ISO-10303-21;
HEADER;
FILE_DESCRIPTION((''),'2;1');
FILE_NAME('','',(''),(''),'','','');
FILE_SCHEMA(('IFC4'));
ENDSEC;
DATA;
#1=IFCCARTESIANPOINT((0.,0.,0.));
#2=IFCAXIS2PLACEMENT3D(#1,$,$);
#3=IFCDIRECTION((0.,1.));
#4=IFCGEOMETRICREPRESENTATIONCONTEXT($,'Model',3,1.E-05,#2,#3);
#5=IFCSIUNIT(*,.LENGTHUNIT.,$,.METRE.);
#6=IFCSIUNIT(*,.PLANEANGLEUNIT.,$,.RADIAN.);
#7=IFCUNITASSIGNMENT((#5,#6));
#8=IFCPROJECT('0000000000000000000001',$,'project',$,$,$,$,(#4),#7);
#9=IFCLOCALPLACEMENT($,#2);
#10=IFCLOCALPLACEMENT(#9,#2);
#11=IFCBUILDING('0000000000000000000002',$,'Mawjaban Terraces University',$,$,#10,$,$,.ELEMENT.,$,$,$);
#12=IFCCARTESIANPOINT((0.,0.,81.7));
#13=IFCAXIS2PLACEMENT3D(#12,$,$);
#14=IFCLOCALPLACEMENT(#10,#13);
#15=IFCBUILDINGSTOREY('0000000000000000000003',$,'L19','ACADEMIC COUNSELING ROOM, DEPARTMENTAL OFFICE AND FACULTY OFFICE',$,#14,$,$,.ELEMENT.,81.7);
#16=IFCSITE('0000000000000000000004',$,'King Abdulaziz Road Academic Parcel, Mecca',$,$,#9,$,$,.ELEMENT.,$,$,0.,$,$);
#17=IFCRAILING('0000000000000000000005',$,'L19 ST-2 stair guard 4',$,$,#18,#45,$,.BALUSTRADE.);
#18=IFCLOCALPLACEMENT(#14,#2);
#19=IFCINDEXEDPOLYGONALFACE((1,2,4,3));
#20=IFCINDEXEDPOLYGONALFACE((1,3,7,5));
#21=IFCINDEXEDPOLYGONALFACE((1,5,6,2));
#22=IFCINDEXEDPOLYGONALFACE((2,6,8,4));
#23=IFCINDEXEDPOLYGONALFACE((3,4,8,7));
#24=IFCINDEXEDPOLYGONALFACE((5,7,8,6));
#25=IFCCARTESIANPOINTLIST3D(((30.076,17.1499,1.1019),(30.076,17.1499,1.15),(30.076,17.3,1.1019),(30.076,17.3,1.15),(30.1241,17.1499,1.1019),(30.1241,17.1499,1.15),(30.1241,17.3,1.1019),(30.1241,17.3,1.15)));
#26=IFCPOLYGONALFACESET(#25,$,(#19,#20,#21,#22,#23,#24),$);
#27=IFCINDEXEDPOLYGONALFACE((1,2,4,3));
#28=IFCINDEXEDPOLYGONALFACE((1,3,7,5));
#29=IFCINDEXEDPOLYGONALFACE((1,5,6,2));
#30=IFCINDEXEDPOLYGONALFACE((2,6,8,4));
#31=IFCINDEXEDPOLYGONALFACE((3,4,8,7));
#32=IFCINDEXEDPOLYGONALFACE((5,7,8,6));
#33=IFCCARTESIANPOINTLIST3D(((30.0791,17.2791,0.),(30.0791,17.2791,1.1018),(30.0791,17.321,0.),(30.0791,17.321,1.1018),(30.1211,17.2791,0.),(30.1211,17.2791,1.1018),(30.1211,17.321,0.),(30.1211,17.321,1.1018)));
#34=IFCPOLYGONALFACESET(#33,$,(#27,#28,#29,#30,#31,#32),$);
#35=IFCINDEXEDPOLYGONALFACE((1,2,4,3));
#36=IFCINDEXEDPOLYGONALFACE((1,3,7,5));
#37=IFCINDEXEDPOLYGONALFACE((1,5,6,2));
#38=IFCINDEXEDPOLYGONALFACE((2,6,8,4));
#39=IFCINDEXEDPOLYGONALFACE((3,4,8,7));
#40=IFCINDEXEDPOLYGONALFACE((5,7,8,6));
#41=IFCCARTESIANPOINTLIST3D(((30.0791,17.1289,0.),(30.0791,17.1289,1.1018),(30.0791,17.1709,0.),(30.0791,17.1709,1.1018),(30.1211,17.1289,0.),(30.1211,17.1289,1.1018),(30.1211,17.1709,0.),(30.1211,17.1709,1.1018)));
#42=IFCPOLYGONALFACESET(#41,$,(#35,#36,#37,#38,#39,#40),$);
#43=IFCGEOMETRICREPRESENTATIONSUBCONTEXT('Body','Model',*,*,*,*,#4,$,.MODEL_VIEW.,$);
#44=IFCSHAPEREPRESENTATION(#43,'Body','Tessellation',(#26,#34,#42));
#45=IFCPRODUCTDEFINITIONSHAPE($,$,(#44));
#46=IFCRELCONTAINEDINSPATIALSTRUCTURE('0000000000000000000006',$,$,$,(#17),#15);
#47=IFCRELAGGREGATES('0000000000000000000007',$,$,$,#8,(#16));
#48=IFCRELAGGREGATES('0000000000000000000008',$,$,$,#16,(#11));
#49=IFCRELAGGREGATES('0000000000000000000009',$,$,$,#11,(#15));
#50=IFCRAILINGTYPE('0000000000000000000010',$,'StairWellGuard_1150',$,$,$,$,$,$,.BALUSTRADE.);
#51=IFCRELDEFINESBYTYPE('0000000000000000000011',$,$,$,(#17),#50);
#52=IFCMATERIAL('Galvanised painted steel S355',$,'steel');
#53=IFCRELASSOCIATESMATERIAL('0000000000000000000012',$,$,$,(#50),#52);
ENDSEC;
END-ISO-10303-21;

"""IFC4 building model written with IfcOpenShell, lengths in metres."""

from ifc_helpers import new_model, si_unit, direction, frame, origin, origin_2d, place, context, subcontext, project, spatial, rectangle, extrude, material, type_object, element, save


model = new_model("IFC4")

# Units and contexts
model_context = context("Model", 3, precision=1e-05, world=origin(), true_north=direction((0.0, 1.0)))
body_context = subcontext(model_context, "Body", "Model", "MODEL_VIEW")
ifc_project = project(units=[si_unit("LENGTHUNIT", "METRE"), si_unit("PLANEANGLEUNIT", "RADIAN")], contexts=[model_context])

# Site, building, storey
site_placement = place(None, origin())
site = spatial("IfcSite", under=ifc_project, at=site_placement, Name="King Abdulaziz Road Academic Parcel, Mecca", CompositionType="ELEMENT", RefElevation=0.0)
building_placement = place(site_placement, origin())
building = spatial("IfcBuilding", under=site, at=building_placement, Name="Mawjaban Terraces University", CompositionType="ELEMENT")
storey_placement = place(building_placement, frame((0.0, 0.0, 81.7)))
storey = spatial("IfcBuildingStorey", under=building, at=storey_placement, Name="L19", Description="ACADEMIC COUNSELING ROOM, DEPARTMENTAL OFFICE AND FACULTY OFFICE", CompositionType="ELEMENT", Elevation=81.7)

# Railing
ifc_material_1 = material(Name="Galvanised painted steel S355", Category="steel")
railing_type_1 = type_object("IfcRailingType", Name="StairWellGuard_1150", PredefinedType="BALUSTRADE", material=ifc_material_1)
railing_1_placement = place(storey_placement, frame((30.1001, 17.3, 0.0)))
element("IfcRailing", 1, at=railing_1_placement, inside=storey, type_object=railing_type_1, Name="L19 ST-2 stair guard 4", PredefinedType="BALUSTRADE", context=body_context, shape_type="SweptSolid", body=[
    extrude(rectangle(XDim=0.0481, YDim=0.0481, at=origin_2d()), frame((0.0, 0.0, 1.126), z_axis=(0.0, -1.0, 0.0), x_axis=(1.0, 0.0, 0.0)), (0.0, 0.0, 1.0), 0.1501),
    extrude(rectangle(XDim=0.042, YDim=0.042, at=origin_2d()), origin(), (0.0, 0.0, 1.0), 1.1018),
    extrude(rectangle(XDim=0.042, YDim=0.042, at=origin_2d()), frame((0.0, -0.1501, 0.0)), (0.0, 0.0, 1.0), 1.1018),
])

save(model, "model.ifc")
